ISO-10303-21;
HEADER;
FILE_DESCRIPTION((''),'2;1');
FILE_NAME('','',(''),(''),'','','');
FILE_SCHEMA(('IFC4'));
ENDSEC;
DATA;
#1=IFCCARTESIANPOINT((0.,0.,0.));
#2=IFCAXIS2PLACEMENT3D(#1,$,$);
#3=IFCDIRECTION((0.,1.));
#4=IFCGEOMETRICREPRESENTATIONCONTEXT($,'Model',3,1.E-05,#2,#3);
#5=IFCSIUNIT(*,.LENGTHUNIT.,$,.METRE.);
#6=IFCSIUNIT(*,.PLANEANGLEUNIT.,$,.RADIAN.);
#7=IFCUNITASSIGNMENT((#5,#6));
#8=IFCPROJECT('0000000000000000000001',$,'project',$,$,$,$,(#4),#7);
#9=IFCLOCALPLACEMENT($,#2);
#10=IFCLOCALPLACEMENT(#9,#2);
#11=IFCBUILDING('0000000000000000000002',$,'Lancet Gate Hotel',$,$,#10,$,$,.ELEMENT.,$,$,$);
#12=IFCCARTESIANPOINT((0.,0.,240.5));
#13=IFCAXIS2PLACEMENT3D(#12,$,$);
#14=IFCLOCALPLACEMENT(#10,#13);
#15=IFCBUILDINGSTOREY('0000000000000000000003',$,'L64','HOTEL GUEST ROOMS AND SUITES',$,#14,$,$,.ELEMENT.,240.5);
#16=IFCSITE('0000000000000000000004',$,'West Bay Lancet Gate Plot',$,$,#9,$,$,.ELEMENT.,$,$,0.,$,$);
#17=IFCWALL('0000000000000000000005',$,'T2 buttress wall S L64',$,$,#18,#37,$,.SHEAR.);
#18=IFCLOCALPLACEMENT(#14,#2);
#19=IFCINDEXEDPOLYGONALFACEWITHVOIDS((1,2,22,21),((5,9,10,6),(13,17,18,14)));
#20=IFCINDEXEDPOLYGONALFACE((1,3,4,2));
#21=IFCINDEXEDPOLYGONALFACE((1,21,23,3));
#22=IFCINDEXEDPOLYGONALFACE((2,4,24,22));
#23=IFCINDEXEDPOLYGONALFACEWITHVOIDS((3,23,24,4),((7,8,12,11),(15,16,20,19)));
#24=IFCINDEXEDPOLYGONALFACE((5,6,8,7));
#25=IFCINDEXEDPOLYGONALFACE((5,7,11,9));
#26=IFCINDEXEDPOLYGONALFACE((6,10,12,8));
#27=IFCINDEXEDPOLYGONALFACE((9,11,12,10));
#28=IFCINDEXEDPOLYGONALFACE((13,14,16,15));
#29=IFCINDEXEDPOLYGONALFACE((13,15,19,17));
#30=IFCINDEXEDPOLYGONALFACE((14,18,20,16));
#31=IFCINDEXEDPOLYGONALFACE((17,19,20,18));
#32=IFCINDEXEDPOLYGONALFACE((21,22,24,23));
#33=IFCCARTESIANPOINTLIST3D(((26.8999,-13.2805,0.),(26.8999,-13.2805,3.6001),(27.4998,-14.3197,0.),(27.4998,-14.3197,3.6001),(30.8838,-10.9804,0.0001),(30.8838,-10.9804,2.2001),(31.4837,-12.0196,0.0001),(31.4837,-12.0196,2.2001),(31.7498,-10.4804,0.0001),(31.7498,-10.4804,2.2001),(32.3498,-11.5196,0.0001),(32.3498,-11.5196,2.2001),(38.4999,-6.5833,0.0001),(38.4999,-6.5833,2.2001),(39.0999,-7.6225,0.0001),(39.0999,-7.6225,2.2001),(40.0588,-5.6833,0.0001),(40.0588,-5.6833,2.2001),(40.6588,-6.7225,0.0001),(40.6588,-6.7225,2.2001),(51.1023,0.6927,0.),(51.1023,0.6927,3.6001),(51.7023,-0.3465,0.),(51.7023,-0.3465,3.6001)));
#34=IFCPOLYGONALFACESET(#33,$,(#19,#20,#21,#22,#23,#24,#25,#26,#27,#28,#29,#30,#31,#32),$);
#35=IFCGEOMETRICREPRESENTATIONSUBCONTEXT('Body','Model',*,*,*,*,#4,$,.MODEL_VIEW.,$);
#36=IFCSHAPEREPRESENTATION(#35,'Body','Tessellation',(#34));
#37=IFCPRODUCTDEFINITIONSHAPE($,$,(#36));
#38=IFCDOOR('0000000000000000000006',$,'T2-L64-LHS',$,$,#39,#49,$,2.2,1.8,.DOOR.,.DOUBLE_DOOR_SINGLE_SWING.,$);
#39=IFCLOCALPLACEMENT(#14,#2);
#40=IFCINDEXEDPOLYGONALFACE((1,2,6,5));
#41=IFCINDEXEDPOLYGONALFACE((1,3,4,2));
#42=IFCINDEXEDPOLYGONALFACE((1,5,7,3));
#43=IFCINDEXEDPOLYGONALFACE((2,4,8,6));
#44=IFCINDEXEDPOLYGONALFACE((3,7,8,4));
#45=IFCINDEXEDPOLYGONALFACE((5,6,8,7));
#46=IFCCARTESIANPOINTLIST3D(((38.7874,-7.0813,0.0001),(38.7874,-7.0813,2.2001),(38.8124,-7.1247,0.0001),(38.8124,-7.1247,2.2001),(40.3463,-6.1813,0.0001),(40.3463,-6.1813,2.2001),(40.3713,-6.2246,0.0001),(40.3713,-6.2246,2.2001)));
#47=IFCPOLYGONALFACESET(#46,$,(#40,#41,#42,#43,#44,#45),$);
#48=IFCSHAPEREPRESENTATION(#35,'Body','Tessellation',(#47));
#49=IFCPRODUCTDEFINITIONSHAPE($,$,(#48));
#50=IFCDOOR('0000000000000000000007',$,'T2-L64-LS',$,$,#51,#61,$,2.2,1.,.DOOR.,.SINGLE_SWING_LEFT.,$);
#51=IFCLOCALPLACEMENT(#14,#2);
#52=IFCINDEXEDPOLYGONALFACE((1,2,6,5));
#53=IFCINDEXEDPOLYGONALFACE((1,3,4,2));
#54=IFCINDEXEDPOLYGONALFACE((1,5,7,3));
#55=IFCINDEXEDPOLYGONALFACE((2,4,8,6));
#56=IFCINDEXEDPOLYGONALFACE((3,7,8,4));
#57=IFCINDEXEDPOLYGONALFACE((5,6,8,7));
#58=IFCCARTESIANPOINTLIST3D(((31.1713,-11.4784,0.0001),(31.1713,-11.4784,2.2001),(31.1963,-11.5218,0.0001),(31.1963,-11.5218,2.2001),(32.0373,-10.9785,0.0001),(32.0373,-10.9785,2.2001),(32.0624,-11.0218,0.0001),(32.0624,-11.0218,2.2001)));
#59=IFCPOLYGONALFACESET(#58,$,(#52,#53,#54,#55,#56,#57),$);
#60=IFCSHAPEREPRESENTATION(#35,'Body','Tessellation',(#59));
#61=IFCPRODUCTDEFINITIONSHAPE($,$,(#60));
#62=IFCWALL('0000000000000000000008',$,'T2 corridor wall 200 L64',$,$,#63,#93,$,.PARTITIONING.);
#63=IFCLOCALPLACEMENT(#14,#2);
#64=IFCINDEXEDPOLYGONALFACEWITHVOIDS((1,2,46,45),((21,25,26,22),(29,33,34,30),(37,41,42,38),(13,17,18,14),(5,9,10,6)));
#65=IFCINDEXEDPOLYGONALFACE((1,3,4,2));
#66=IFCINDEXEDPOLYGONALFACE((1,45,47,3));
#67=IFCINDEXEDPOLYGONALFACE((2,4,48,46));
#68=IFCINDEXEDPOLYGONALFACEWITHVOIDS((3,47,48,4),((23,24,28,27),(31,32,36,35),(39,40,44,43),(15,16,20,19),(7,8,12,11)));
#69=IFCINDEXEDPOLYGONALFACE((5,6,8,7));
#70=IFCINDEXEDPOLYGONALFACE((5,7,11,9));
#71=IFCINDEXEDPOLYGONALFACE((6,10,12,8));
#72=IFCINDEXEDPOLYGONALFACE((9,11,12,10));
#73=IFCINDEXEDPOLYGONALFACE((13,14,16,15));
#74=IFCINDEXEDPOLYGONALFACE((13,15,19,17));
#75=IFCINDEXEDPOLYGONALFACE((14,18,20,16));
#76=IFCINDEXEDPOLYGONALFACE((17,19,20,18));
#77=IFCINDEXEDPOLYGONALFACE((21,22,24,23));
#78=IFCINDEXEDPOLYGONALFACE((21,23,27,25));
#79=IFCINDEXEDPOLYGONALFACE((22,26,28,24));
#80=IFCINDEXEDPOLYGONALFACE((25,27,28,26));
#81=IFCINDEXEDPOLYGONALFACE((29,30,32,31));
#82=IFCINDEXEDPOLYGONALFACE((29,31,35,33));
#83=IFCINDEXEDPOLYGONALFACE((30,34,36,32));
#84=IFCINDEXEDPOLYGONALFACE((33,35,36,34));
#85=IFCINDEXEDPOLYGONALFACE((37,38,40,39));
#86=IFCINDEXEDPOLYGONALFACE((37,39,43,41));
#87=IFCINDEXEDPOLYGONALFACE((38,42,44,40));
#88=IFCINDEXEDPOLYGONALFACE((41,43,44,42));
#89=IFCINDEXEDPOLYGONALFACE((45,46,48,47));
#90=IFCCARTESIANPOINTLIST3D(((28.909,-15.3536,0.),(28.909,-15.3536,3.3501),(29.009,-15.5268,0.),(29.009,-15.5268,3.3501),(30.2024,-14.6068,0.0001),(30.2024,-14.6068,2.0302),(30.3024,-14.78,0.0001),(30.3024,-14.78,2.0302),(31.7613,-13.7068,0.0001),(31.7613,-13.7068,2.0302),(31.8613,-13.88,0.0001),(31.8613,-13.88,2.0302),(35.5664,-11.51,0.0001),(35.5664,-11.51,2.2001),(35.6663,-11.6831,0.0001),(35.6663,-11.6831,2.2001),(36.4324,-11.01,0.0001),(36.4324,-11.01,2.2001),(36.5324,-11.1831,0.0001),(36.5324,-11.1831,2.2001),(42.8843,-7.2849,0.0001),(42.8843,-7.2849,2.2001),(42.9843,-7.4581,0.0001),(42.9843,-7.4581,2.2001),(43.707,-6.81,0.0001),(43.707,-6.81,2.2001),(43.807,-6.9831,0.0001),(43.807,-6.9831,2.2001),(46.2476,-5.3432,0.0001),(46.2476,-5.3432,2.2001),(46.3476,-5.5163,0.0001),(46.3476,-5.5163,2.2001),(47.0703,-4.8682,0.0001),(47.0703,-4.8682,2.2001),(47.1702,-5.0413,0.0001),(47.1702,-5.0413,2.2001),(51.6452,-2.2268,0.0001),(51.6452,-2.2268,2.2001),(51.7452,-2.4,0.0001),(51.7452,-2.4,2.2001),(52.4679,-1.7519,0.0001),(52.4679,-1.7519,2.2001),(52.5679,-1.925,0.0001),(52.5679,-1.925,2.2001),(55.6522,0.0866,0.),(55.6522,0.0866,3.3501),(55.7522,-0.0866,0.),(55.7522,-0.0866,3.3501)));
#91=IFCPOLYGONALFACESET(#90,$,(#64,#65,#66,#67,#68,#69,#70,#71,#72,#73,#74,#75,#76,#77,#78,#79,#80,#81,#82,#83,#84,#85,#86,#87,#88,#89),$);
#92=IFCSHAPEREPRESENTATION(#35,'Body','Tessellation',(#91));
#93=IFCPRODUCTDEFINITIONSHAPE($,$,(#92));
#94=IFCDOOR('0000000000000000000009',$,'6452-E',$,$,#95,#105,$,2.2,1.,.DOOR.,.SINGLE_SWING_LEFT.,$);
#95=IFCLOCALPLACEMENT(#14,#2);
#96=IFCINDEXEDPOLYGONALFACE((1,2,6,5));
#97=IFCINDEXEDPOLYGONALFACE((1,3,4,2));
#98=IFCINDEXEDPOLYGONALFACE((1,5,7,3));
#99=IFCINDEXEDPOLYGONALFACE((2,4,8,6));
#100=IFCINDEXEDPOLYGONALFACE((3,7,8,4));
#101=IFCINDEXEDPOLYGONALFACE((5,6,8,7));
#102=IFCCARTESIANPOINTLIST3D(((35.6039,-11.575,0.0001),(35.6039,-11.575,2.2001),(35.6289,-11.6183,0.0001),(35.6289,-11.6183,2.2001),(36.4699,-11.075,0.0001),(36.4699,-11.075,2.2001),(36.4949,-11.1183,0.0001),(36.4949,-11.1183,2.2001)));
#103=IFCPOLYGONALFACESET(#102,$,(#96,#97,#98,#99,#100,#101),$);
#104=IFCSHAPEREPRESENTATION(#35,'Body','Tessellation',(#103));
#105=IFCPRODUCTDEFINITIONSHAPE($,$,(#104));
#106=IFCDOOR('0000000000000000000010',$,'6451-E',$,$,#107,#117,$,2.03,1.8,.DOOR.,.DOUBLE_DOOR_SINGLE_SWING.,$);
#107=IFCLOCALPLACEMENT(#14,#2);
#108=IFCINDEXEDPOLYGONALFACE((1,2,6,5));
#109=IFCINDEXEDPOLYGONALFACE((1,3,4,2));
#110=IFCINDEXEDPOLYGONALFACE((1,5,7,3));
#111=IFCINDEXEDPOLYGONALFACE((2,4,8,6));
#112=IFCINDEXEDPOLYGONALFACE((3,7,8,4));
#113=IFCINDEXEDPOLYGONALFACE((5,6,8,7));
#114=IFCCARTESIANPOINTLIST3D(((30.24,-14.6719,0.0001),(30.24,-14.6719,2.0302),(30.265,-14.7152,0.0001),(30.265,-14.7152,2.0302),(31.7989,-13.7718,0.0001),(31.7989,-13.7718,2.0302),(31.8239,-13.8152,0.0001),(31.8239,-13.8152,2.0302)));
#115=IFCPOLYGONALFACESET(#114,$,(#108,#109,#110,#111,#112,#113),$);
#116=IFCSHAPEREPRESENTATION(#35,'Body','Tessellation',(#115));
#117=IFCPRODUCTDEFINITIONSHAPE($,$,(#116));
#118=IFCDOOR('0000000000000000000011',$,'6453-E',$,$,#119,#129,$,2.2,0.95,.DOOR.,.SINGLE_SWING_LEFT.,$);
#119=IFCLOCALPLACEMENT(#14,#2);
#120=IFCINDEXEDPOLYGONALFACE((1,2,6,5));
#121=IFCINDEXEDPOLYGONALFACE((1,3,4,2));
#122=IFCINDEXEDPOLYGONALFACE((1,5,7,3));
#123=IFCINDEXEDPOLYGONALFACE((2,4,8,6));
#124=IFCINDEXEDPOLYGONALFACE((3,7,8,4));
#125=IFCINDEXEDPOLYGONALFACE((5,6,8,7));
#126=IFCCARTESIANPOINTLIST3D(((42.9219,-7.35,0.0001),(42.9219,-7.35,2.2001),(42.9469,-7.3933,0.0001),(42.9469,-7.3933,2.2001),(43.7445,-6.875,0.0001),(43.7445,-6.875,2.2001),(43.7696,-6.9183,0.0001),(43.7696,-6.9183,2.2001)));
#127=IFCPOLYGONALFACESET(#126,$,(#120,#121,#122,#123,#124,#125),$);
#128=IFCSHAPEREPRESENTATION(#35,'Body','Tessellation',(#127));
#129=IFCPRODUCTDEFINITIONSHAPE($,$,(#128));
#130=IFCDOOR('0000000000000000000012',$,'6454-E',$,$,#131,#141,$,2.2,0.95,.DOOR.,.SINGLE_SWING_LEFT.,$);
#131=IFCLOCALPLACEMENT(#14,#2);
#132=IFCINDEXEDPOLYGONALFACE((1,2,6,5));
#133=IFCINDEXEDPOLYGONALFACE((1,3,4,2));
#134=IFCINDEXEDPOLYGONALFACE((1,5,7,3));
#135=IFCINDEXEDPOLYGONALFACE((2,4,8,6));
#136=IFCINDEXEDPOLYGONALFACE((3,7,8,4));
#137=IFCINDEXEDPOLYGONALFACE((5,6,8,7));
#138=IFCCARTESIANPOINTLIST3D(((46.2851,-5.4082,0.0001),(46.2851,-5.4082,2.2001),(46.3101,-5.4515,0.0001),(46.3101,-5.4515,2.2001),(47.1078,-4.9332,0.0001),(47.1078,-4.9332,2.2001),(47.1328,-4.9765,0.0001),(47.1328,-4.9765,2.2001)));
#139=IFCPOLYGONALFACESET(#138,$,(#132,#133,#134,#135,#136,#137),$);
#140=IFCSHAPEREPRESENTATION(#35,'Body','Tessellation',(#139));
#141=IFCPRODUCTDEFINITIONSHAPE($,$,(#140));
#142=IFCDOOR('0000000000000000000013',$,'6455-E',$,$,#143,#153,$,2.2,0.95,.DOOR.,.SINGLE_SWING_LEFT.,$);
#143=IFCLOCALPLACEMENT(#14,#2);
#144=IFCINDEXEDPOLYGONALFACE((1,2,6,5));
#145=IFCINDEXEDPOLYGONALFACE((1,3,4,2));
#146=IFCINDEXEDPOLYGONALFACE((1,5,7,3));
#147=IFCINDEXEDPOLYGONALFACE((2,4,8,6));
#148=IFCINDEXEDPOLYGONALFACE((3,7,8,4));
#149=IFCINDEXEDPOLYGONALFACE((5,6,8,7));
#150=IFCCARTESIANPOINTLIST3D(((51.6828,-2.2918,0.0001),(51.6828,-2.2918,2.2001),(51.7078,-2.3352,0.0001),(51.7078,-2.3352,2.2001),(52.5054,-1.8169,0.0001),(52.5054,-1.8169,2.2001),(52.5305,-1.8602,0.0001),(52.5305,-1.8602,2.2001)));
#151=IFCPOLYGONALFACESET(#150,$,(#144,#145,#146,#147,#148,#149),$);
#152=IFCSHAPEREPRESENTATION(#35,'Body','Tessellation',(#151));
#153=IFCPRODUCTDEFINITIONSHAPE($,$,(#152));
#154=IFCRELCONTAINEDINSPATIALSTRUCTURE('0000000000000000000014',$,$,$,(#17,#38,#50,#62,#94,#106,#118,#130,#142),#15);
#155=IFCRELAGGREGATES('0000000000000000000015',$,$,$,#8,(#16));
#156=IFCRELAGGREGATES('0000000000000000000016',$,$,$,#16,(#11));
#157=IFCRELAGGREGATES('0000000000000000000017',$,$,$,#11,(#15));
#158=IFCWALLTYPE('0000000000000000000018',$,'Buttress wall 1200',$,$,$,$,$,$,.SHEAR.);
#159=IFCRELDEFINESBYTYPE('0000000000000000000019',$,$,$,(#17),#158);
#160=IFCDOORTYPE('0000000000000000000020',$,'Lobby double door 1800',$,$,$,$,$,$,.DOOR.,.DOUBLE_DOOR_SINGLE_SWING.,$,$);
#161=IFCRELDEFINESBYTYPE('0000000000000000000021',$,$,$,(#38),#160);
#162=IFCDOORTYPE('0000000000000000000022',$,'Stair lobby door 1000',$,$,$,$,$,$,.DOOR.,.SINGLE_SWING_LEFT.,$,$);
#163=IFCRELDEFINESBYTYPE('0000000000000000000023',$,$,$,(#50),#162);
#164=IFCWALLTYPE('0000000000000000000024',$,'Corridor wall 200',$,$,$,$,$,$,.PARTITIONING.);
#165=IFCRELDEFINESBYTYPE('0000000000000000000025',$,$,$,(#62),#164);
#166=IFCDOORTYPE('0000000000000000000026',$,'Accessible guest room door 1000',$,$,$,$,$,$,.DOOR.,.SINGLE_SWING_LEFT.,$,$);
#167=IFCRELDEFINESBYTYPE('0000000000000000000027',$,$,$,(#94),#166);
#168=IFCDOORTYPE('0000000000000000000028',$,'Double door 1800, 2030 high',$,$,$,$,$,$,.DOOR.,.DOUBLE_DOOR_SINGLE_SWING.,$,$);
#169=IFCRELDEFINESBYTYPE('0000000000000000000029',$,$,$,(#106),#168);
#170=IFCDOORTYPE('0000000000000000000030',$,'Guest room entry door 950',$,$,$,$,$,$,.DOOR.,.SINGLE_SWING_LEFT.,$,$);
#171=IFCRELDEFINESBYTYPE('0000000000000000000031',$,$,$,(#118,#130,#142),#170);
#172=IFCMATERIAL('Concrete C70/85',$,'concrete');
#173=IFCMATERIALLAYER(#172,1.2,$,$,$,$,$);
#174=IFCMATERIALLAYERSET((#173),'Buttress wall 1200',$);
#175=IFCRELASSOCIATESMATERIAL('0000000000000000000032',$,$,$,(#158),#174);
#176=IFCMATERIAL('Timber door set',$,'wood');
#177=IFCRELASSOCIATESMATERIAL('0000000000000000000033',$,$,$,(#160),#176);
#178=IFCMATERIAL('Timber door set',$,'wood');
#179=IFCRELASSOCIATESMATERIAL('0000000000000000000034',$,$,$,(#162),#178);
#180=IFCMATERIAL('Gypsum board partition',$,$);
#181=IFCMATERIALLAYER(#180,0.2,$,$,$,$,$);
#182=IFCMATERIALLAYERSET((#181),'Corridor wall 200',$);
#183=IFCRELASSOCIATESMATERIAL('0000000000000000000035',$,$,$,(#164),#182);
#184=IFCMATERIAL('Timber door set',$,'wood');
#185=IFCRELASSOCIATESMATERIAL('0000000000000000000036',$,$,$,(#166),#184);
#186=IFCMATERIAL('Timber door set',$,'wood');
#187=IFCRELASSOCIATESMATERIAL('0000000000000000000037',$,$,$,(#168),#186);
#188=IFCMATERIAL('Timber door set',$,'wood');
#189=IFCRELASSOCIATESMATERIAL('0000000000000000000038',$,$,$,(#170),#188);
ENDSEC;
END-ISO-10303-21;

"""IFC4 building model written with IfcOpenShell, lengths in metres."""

from ifc_helpers import new_model, si_unit, direction, frame, frame_2d, origin, place, context, subcontext, project, spatial, rectangle, extrude, material, layer, layer_set, type_object, element, fill, save


model = new_model("IFC4")

# Units and contexts
model_context = context("Model", 3, precision=1e-05, world=origin(), true_north=direction((0.0, 1.0)))
body_context = subcontext(model_context, "Body", "Model", "MODEL_VIEW")
ifc_project = project(units=[si_unit("LENGTHUNIT", "METRE"), si_unit("PLANEANGLEUNIT", "RADIAN")], contexts=[model_context])

# Site, building, storey
site_placement = place(None, origin())
site = spatial("IfcSite", under=ifc_project, at=site_placement, Name="West Bay Lancet Gate Plot", CompositionType="ELEMENT", RefElevation=0.0)
building_placement = place(site_placement, origin())
building = spatial("IfcBuilding", under=site, at=building_placement, Name="Lancet Gate Hotel", CompositionType="ELEMENT")
storey_placement = place(building_placement, frame((0.0, 0.0, 240.5)))
storey = spatial("IfcBuildingStorey", under=building, at=storey_placement, Name="L64", Description="HOTEL GUEST ROOMS AND SUITES", CompositionType="ELEMENT", Elevation=240.5)

# Walls, openings, doors
ifc_material_1 = material(Name="Concrete C70/85", Category="concrete")
ifc_layer_1 = layer(ifc_material_1, 1.2)
ifc_layer_set_1 = layer_set([ifc_layer_1], Name="Buttress wall 1200")
wall_type_1 = type_object("IfcWallType", Name="Buttress wall 1200", PredefinedType="SHEAR", material=ifc_layer_set_1)
wall_1_placement = place(storey_placement, frame((27.2, -13.8, 0.0), z_axis=(0.0, 0.0, 1.0), x_axis=(0.866027, 0.499997, 0.0)))
wall_1 = element("IfcWall", 1, at=wall_1_placement, inside=storey, type_object=wall_type_1, Name="T2 buttress wall S L64", PredefinedType="SHEAR", context=body_context, shape_type="SweptSolid", body=[
    extrude(rectangle(XDim=27.9465, YDim=1.2, at=frame_2d((13.9731, 0.0))), origin(), (0.0, 0.0, 1.0), 3.6001),
])
opening_1_placement = place(wall_1_placement, frame((4.6001, 0.0, 0.0)))
opening_1 = element("IfcOpeningElement", 2, at=opening_1_placement, cuts=wall_1, PredefinedType="OPENING", context=body_context, shape_type="SweptSolid", body=[
    extrude(rectangle(XDim=1.0, YDim=2.2, at=frame_2d((0.5, 1.1001))), frame((0.0, 0.6099, 0.0), z_axis=(0.0, -1.0, 0.0), x_axis=(1.0, 0.0, 0.0)), (0.0, 0.0, 1.0), 1.22),
])
opening_2_placement = place(wall_1_placement, frame((13.3945, 0.0, 0.0)))
opening_2 = element("IfcOpeningElement", 3, at=opening_2_placement, cuts=wall_1, PredefinedType="OPENING", context=body_context, shape_type="SweptSolid", body=[
    extrude(rectangle(XDim=1.8, YDim=2.2, at=frame_2d((0.8999, 1.1001))), frame((0.0, 0.6099, 0.0), z_axis=(0.0, -1.0, 0.0), x_axis=(1.0, 0.0, 0.0)), (0.0, 0.0, 1.0), 1.22),
])
ifc_material_2 = material(Name="Timber door set", Category="wood")
door_type_1 = type_object("IfcDoorType", Name="Lobby double door 1800", OperationType="DOUBLE_DOOR_SINGLE_SWING", PredefinedType="DOOR", material=ifc_material_2)
door_1_placement = place(opening_2_placement, origin())
door_1 = element("IfcDoor", 4, at=door_1_placement, inside=storey, type_object=door_type_1, Name="T2-L64-LHS", OperationType="DOUBLE_DOOR_SINGLE_SWING", OverallHeight=2.2, OverallWidth=1.8, PredefinedType="DOOR", context=body_context, shape_type="SweptSolid", body=[
    extrude(rectangle(XDim=1.8, YDim=2.2, at=frame_2d((0.8999, 1.1001))), frame((0.0, 0.0249, 0.0), z_axis=(0.0, -1.0, 0.0), x_axis=(1.0, 0.0, 0.0)), (0.0, 0.0, 1.0), 0.05),
])
fill(opening_2, door_1)
ifc_material_3 = material(Name="Timber door set", Category="wood")
door_type_2 = type_object("IfcDoorType", Name="Stair lobby door 1000", OperationType="SINGLE_SWING_LEFT", PredefinedType="DOOR", material=ifc_material_3)
door_2_placement = place(opening_1_placement, origin())
door_2 = element("IfcDoor", 5, at=door_2_placement, inside=storey, type_object=door_type_2, Name="T2-L64-LS", OperationType="SINGLE_SWING_LEFT", OverallHeight=2.2, OverallWidth=1.0, PredefinedType="DOOR", context=body_context, shape_type="SweptSolid", body=[
    extrude(rectangle(XDim=1.0, YDim=2.2, at=frame_2d((0.5, 1.1001))), frame((0.0, 0.0249, 0.0), z_axis=(0.0, -1.0, 0.0), x_axis=(1.0, 0.0, 0.0)), (0.0, 0.0, 1.0), 0.05),
])
fill(opening_1, door_2)
ifc_material_4 = material(Name="Gypsum board partition")
ifc_layer_2 = layer(ifc_material_4, 0.2)
ifc_layer_set_2 = layer_set([ifc_layer_2], Name="Corridor wall 200")
wall_type_2 = type_object("IfcWallType", Name="Corridor wall 200", PredefinedType="PARTITIONING", material=ifc_layer_set_2)
wall_2_placement = place(storey_placement, frame((28.959, -15.4402, 0.0), z_axis=(0.0, 0.0, 1.0), x_axis=(0.866025, 0.5, 0.0)))
wall_2 = element("IfcWall", 6, at=wall_2_placement, inside=storey, type_object=wall_type_2, Name="T2 corridor wall 200 L64", PredefinedType="PARTITIONING", context=body_context, shape_type="SweptSolid", body=[
    extrude(rectangle(XDim=30.8804, YDim=0.2, at=frame_2d((15.4402, 0.0))), origin(), (0.0, 0.0, 1.0), 3.3501),
])
opening_3_placement = place(wall_2_placement, frame((1.4937, 0.0, 0.0)))
opening_3 = element("IfcOpeningElement", 7, at=opening_3_placement, cuts=wall_2, PredefinedType="OPENING", context=body_context, shape_type="SweptSolid", body=[
    extrude(rectangle(XDim=1.8, YDim=2.03, at=frame_2d((0.8999, 1.0151))), frame((0.0, 0.1099, 0.0), z_axis=(0.0, -1.0, 0.0), x_axis=(1.0, 0.0, 0.0)), (0.0, 0.0, 1.0), 0.22),
])
opening_4_placement = place(wall_2_placement, frame((7.6873, 0.0, 0.0)))
opening_4 = element("IfcOpeningElement", 8, at=opening_4_placement, cuts=wall_2, PredefinedType="OPENING", context=body_context, shape_type="SweptSolid", body=[
    extrude(rectangle(XDim=1.0, YDim=2.2, at=frame_2d((0.5, 1.1001))), frame((0.0, 0.1099, 0.0), z_axis=(0.0, -1.0, 0.0), x_axis=(1.0, 0.0, 0.0)), (0.0, 0.0, 1.0), 0.22),
])
opening_5_placement = place(wall_2_placement, frame((16.1372, 0.0, 0.0)))
opening_5 = element("IfcOpeningElement", 9, at=opening_5_placement, cuts=wall_2, PredefinedType="OPENING", context=body_context, shape_type="SweptSolid", body=[
    extrude(rectangle(XDim=0.95, YDim=2.2, at=frame_2d((0.4751, 1.1001))), frame((0.0, 0.1099, 0.0), z_axis=(0.0, -1.0, 0.0), x_axis=(1.0, 0.0, 0.0)), (0.0, 0.0, 1.0), 0.22),
])
opening_6_placement = place(wall_2_placement, frame((20.0208, 0.0, 0.0)))
opening_6 = element("IfcOpeningElement", 10, at=opening_6_placement, cuts=wall_2, PredefinedType="OPENING", context=body_context, shape_type="SweptSolid", body=[
    extrude(rectangle(XDim=0.95, YDim=2.2, at=frame_2d((0.4751, 1.1001))), frame((0.0, 0.1099, 0.0), z_axis=(0.0, -1.0, 0.0), x_axis=(1.0, 0.0, 0.0)), (0.0, 0.0, 1.0), 0.22),
])
opening_7_placement = place(wall_2_placement, frame((26.2534, 0.0, 0.0)))
opening_7 = element("IfcOpeningElement", 11, at=opening_7_placement, cuts=wall_2, PredefinedType="OPENING", context=body_context, shape_type="SweptSolid", body=[
    extrude(rectangle(XDim=0.95, YDim=2.2, at=frame_2d((0.4751, 1.1001))), frame((0.0, 0.1099, 0.0), z_axis=(0.0, -1.0, 0.0), x_axis=(1.0, 0.0, 0.0)), (0.0, 0.0, 1.0), 0.22),
])
ifc_material_5 = material(Name="Timber door set", Category="wood")
door_type_3 = type_object("IfcDoorType", Name="Accessible guest room door 1000", OperationType="SINGLE_SWING_LEFT", PredefinedType="DOOR", material=ifc_material_5)
door_3_placement = place(opening_4_placement, origin())
door_3 = element("IfcDoor", 12, at=door_3_placement, inside=storey, type_object=door_type_3, Name="6452-E", OperationType="SINGLE_SWING_LEFT", OverallHeight=2.2, OverallWidth=1.0, PredefinedType="DOOR", context=body_context, shape_type="SweptSolid", body=[
    extrude(rectangle(XDim=1.0, YDim=2.2, at=frame_2d((0.5, 1.1001))), frame((0.0, 0.0249, 0.0), z_axis=(0.0, -1.0, 0.0), x_axis=(1.0, 0.0, 0.0)), (0.0, 0.0, 1.0), 0.05),
])
fill(opening_4, door_3)
ifc_material_6 = material(Name="Timber door set", Category="wood")
door_type_4 = type_object("IfcDoorType", Name="Double door 1800, 2030 high", OperationType="DOUBLE_DOOR_SINGLE_SWING", PredefinedType="DOOR", material=ifc_material_6)
door_4_placement = place(opening_3_placement, origin())
door_4 = element("IfcDoor", 13, at=door_4_placement, inside=storey, type_object=door_type_4, Name="6451-E", OperationType="DOUBLE_DOOR_SINGLE_SWING", OverallHeight=2.03, OverallWidth=1.8, PredefinedType="DOOR", context=body_context, shape_type="SweptSolid", body=[
    extrude(rectangle(XDim=1.8, YDim=2.03, at=frame_2d((0.8999, 1.0151))), frame((0.0, 0.0249, 0.0), z_axis=(0.0, -1.0, 0.0), x_axis=(1.0, 0.0, 0.0)), (0.0, 0.0, 1.0), 0.05),
])
fill(opening_3, door_4)
ifc_material_7 = material(Name="Timber door set", Category="wood")
door_type_5 = type_object("IfcDoorType", Name="Guest room entry door 950", OperationType="SINGLE_SWING_LEFT", PredefinedType="DOOR", material=ifc_material_7)
door_5_placement = place(opening_5_placement, origin())
door_5 = element("IfcDoor", 14, at=door_5_placement, inside=storey, type_object=door_type_5, Name="6453-E", OperationType="SINGLE_SWING_LEFT", OverallHeight=2.2, OverallWidth=0.95, PredefinedType="DOOR", context=body_context, shape_type="SweptSolid", body=[
    extrude(rectangle(XDim=0.95, YDim=2.2, at=frame_2d((0.4751, 1.1001))), frame((0.0, 0.0249, 0.0), z_axis=(0.0, -1.0, 0.0), x_axis=(1.0, 0.0, 0.0)), (0.0, 0.0, 1.0), 0.05),
])
fill(opening_5, door_5)
door_6_placement = place(opening_6_placement, origin())
door_6 = element("IfcDoor", 15, at=door_6_placement, inside=storey, type_object=door_type_5, Name="6454-E", OperationType="SINGLE_SWING_LEFT", OverallHeight=2.2, OverallWidth=0.95, PredefinedType="DOOR", context=body_context, shape_type="SweptSolid", body=[
    extrude(rectangle(XDim=0.95, YDim=2.2, at=frame_2d((0.4751, 1.1001))), frame((0.0, 0.0249, 0.0), z_axis=(0.0, -1.0, 0.0), x_axis=(1.0, 0.0, 0.0)), (0.0, 0.0, 1.0), 0.05),
])
fill(opening_6, door_6)
door_7_placement = place(opening_7_placement, origin())
door_7 = element("IfcDoor", 16, at=door_7_placement, inside=storey, type_object=door_type_5, Name="6455-E", OperationType="SINGLE_SWING_LEFT", OverallHeight=2.2, OverallWidth=0.95, PredefinedType="DOOR", context=body_context, shape_type="SweptSolid", body=[
    extrude(rectangle(XDim=0.95, YDim=2.2, at=frame_2d((0.4751, 1.1001))), frame((0.0, 0.0249, 0.0), z_axis=(0.0, -1.0, 0.0), x_axis=(1.0, 0.0, 0.0)), (0.0, 0.0, 1.0), 0.05),
])
fill(opening_7, door_7)

save(model, "model.ifc")
